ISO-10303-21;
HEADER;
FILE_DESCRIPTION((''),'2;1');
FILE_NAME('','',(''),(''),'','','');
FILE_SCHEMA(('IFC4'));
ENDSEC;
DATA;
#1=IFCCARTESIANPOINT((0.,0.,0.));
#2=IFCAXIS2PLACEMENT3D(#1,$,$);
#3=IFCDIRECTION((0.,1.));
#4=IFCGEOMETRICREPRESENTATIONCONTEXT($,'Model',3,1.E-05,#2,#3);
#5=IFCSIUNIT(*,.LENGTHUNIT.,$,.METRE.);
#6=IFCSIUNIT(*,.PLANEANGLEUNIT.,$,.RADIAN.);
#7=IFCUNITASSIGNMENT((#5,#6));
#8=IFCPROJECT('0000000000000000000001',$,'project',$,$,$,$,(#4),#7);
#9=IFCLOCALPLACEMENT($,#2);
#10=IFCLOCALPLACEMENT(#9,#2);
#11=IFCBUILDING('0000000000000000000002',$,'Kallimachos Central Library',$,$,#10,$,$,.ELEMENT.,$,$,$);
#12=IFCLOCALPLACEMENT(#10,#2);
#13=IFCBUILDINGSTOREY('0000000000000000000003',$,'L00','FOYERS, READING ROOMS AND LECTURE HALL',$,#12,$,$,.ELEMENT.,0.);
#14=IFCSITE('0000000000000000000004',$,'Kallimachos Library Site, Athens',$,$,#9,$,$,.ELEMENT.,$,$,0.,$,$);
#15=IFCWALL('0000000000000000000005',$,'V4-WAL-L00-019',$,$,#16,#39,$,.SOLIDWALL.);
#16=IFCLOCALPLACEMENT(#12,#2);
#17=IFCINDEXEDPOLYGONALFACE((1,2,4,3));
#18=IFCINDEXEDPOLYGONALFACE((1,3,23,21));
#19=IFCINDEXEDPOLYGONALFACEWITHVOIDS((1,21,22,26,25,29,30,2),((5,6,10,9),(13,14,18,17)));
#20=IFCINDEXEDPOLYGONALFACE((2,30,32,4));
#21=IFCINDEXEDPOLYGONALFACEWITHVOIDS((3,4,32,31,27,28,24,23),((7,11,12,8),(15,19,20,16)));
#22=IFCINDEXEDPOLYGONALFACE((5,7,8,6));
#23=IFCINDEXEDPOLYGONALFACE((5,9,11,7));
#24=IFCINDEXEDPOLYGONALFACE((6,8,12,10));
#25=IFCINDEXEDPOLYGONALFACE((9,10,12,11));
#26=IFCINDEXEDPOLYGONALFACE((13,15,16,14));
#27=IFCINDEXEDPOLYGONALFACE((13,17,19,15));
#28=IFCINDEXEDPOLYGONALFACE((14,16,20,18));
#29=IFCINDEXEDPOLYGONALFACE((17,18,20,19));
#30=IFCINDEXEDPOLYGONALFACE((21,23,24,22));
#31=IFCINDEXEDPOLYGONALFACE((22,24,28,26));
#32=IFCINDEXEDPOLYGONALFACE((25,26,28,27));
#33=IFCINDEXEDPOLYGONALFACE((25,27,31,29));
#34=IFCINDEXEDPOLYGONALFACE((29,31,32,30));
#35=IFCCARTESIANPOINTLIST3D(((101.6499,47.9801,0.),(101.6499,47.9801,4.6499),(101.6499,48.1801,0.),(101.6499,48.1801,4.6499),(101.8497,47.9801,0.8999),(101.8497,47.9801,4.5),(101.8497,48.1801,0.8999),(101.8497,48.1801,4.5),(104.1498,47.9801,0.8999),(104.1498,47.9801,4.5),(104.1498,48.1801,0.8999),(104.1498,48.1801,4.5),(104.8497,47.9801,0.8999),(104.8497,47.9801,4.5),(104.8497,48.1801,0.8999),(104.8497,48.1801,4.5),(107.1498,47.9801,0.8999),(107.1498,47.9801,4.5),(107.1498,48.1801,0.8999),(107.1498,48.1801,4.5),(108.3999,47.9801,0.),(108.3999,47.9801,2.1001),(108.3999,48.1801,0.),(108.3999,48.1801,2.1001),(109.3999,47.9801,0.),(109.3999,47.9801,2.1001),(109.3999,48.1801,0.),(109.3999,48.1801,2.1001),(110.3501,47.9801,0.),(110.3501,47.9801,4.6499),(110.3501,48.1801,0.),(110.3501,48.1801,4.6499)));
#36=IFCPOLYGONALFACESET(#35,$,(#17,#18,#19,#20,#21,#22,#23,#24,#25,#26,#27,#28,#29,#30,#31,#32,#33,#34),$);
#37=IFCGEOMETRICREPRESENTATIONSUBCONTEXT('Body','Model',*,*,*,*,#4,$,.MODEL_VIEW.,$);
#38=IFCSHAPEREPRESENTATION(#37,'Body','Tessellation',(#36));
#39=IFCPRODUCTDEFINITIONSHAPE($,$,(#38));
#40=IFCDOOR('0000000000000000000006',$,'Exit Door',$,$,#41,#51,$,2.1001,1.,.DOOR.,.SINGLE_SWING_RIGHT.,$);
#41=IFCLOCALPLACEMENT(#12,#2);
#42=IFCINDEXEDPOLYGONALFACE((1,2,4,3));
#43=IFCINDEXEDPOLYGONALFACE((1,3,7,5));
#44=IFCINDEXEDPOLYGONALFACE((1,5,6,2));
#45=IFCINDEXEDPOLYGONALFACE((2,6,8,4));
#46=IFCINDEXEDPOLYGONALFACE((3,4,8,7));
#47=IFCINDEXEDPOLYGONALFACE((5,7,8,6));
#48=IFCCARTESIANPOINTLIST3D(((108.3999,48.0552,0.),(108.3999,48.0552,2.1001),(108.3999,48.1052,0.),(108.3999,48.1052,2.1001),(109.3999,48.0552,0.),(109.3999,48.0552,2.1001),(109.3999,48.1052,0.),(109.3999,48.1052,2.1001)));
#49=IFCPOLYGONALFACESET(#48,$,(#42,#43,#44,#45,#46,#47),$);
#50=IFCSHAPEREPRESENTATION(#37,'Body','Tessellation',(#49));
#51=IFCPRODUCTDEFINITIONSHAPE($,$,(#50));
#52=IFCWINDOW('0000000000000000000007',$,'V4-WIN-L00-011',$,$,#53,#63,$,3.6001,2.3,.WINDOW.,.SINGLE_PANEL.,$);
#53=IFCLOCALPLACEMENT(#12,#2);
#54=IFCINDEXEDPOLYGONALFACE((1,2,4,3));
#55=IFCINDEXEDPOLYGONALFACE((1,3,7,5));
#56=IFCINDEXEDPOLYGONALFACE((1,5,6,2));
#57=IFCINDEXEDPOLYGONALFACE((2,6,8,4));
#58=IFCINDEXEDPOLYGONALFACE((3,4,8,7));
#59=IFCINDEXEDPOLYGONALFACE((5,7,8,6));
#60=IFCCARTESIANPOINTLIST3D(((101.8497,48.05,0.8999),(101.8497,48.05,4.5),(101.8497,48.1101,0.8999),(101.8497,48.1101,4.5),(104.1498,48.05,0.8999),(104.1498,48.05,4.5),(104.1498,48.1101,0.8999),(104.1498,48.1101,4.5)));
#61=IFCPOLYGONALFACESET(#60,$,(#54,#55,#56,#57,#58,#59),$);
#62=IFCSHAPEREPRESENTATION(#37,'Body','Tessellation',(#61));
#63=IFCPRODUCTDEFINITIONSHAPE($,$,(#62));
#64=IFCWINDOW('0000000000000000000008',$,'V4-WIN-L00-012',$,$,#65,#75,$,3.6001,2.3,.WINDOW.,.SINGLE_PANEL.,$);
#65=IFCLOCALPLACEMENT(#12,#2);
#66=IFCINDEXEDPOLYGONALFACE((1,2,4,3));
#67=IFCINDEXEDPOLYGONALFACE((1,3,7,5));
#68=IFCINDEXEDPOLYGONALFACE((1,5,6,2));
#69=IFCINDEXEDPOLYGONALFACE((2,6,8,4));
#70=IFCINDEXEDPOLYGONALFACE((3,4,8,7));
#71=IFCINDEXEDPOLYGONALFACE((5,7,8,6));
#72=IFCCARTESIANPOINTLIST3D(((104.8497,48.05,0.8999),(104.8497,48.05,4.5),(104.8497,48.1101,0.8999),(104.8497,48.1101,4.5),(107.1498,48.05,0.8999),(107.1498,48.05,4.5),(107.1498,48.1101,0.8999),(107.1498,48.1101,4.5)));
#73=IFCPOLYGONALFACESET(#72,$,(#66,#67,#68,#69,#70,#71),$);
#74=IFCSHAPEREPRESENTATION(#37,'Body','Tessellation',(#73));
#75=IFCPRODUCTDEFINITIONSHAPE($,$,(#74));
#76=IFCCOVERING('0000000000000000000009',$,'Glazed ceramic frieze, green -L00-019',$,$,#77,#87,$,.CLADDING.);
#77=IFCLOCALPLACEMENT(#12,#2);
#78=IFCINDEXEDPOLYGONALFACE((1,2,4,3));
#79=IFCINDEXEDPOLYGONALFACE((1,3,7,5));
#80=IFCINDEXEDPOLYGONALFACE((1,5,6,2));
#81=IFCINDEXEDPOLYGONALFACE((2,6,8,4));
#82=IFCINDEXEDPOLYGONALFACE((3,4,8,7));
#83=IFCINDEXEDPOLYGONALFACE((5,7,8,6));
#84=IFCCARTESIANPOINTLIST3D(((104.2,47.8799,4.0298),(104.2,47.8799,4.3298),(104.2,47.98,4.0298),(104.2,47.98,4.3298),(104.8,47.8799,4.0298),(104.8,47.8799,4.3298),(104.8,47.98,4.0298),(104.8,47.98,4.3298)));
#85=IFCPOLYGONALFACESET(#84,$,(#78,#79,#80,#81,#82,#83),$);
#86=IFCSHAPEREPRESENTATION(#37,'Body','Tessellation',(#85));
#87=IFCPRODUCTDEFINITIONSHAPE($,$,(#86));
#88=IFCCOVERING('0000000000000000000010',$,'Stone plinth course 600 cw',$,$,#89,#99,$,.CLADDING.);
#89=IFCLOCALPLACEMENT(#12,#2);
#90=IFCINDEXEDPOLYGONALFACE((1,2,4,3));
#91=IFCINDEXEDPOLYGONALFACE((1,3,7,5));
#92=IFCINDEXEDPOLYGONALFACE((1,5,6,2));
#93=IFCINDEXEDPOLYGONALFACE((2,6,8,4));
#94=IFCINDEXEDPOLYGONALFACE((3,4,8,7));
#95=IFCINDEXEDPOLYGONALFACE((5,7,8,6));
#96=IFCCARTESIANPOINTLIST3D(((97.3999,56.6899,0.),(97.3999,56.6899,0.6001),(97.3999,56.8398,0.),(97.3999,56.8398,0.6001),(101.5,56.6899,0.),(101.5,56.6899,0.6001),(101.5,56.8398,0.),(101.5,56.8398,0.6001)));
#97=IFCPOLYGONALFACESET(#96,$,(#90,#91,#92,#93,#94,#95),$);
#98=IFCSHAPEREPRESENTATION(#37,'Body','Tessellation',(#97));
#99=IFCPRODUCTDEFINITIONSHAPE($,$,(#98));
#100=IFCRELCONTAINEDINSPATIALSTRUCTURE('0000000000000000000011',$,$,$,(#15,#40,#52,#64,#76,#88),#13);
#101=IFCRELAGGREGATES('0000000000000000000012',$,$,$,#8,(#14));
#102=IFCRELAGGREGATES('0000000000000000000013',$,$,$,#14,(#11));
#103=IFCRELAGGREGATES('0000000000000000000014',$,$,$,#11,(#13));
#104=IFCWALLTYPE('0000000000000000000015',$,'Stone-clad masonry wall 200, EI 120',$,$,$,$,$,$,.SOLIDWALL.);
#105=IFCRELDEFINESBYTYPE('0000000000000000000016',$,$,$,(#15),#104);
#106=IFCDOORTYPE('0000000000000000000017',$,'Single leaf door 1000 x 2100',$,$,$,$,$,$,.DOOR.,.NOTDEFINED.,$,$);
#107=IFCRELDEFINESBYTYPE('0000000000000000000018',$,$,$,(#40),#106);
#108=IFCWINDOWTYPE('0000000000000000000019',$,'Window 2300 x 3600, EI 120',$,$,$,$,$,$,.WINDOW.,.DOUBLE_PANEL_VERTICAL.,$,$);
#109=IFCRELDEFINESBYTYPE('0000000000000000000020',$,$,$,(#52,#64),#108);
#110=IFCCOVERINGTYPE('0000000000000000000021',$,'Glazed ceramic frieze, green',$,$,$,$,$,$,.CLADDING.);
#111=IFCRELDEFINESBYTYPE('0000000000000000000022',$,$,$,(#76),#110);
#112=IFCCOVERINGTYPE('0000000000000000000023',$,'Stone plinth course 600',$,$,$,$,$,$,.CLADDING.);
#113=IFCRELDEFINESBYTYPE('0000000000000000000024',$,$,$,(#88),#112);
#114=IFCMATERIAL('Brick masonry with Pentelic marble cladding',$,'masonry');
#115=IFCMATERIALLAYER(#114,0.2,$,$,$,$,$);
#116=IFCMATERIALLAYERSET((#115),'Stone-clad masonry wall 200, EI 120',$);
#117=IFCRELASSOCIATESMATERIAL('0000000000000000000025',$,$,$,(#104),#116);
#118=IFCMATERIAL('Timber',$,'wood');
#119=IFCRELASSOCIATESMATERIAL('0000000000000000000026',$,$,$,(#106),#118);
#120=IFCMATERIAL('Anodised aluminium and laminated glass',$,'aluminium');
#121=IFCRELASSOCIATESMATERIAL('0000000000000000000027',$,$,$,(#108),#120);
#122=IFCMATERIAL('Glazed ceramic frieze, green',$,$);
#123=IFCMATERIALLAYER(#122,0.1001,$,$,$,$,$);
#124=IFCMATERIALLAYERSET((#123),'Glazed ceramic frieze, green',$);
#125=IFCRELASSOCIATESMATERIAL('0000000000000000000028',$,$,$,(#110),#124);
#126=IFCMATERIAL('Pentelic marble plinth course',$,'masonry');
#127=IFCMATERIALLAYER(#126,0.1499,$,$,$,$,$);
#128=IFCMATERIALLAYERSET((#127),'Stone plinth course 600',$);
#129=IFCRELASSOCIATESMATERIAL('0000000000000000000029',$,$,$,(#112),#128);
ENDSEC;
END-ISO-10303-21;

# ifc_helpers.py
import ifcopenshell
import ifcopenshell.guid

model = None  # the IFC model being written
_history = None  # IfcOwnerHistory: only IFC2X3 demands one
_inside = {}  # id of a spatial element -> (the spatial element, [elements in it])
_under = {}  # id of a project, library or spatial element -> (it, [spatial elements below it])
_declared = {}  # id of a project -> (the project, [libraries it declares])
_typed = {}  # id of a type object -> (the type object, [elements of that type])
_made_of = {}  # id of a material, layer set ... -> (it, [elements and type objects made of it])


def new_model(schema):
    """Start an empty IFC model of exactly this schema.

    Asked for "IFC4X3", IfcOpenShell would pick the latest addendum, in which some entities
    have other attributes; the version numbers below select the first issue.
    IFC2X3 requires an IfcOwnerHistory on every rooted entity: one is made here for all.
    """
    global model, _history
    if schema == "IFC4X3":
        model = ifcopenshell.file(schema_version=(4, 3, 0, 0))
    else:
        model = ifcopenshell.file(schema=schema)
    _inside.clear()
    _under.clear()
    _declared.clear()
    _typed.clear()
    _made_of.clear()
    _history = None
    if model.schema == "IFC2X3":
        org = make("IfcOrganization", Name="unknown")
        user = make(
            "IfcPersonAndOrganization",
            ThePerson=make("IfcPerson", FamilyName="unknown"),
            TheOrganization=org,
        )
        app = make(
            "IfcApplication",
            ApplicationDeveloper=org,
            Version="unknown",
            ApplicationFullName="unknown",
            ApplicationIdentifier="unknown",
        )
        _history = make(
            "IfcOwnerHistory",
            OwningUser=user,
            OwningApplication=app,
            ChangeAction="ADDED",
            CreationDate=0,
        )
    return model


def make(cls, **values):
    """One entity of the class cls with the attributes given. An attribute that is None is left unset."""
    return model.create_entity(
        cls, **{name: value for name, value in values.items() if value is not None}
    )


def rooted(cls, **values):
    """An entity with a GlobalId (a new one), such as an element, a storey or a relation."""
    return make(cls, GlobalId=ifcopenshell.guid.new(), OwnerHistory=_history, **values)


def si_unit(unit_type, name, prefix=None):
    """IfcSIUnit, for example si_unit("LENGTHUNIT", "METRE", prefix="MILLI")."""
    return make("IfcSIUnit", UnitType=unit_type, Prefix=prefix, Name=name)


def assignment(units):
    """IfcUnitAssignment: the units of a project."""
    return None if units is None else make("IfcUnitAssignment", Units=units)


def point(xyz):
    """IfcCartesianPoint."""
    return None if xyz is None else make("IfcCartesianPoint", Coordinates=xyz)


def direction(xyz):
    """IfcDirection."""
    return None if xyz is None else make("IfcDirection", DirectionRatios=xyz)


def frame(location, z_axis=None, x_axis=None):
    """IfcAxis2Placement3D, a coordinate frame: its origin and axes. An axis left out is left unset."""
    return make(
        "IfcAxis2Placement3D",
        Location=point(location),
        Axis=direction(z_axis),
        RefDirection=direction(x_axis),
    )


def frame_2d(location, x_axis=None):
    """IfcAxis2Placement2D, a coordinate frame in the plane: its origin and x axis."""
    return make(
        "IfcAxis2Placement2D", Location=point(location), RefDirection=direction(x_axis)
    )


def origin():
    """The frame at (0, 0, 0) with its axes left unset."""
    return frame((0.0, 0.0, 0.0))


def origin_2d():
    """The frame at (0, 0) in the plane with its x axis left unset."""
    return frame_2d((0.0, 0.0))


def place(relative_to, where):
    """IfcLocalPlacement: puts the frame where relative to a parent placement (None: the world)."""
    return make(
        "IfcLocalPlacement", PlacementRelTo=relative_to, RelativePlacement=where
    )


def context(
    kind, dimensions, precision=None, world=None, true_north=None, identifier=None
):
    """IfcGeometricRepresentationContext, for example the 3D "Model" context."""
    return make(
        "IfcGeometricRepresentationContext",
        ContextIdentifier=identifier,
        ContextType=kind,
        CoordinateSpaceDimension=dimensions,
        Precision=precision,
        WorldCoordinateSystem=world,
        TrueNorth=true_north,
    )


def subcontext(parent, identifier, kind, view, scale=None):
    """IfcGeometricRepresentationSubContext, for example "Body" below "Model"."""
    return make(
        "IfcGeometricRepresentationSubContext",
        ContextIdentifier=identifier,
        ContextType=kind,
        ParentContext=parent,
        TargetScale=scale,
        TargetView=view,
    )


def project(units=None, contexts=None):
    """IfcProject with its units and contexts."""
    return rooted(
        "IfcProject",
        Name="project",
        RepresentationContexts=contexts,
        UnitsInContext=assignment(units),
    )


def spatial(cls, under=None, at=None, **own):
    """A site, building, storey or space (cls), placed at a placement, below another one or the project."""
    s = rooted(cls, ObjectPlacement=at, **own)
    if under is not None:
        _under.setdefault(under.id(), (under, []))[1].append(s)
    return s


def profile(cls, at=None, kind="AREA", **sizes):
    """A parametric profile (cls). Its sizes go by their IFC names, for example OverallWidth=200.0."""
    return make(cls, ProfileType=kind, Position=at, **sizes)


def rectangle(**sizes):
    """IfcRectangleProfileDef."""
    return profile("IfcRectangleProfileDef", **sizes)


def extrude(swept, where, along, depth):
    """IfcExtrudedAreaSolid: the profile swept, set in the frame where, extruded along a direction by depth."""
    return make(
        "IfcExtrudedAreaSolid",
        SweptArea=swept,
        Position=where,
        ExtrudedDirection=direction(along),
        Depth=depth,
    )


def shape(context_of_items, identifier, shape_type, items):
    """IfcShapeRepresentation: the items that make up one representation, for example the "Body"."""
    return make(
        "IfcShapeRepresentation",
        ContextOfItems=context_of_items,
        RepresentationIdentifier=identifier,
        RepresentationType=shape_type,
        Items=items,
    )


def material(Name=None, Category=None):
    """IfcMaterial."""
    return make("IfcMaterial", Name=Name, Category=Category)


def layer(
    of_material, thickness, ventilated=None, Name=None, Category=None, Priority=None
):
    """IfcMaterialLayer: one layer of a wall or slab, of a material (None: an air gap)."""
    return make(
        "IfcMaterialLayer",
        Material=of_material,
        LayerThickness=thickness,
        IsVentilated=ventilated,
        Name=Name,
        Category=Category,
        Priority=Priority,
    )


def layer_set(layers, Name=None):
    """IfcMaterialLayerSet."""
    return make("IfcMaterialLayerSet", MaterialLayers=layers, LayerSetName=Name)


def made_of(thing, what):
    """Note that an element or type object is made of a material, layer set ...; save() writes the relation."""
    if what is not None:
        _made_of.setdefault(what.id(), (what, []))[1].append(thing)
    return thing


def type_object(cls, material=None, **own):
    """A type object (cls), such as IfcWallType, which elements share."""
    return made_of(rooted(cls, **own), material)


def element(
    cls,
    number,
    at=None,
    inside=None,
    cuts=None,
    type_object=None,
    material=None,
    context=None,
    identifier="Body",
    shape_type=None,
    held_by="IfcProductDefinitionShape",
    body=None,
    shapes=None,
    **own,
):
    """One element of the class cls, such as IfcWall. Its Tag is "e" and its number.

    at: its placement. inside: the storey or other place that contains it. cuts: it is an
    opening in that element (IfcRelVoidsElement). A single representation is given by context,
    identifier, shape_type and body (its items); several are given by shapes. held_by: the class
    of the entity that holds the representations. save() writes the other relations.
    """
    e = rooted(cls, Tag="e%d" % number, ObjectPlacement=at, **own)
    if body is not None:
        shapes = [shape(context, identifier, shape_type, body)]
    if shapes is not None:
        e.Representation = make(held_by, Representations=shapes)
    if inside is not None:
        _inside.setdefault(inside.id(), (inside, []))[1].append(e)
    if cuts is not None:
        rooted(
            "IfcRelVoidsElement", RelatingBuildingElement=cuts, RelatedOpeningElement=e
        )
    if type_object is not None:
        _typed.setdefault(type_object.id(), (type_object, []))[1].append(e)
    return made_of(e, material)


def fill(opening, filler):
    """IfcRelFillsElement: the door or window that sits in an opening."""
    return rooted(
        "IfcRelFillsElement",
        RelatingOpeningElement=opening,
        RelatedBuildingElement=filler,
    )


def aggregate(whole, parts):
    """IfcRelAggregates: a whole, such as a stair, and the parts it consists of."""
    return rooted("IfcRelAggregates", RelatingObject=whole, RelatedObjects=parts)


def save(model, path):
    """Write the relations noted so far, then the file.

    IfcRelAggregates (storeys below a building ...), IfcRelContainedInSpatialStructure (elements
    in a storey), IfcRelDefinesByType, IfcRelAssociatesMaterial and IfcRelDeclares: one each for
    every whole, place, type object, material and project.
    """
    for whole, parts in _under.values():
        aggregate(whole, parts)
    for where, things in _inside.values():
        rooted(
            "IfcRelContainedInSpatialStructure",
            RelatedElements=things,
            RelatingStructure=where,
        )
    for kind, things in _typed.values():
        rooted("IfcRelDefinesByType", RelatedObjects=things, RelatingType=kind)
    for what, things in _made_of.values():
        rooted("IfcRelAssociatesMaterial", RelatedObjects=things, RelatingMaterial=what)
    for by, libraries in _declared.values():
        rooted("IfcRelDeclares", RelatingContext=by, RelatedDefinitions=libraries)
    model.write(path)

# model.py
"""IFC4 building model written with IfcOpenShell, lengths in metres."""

from ifc_helpers import new_model, si_unit, direction, frame, frame_2d, origin, origin_2d, place, context, subcontext, project, spatial, rectangle, extrude, material, layer, layer_set, type_object, element, fill, save


model = new_model("IFC4")

# Units and contexts
model_context = context("Model", 3, precision=1e-05, world=origin(), true_north=direction((0.0, 1.0)))
body_context = subcontext(model_context, "Body", "Model", "MODEL_VIEW")
ifc_project = project(units=[si_unit("LENGTHUNIT", "METRE"), si_unit("PLANEANGLEUNIT", "RADIAN")], contexts=[model_context])

# Site, building, storey
site_placement = place(None, origin())
site = spatial("IfcSite", under=ifc_project, at=site_placement, Name="Kallimachos Library Site, Athens", CompositionType="ELEMENT", RefElevation=0.0)
building_placement = place(site_placement, origin())
building = spatial("IfcBuilding", under=site, at=building_placement, Name="Kallimachos Central Library", CompositionType="ELEMENT")
storey_placement = place(building_placement, origin())
storey = spatial("IfcBuildingStorey", under=building, at=storey_placement, Name="L00", Description="FOYERS, READING ROOMS AND LECTURE HALL", CompositionType="ELEMENT", Elevation=0.0)

# Wall, openings, door, windows
ifc_material_1 = material(Name="Brick masonry with Pentelic marble cladding", Category="masonry")
ifc_layer_1 = layer(ifc_material_1, 0.2)
ifc_layer_set_1 = layer_set([ifc_layer_1], Name="Stone-clad masonry wall 200, EI 120")
wall_type_1 = type_object("IfcWallType", Name="Stone-clad masonry wall 200, EI 120", PredefinedType="SOLIDWALL", material=ifc_layer_set_1)
wall_1_placement = place(storey_placement, frame((101.6499, 48.0801, 0.0), z_axis=(0.0, 0.0, 1.0), x_axis=(1.0, 0.0, 0.0)))
wall_1 = element("IfcWall", 1, at=wall_1_placement, inside=storey, type_object=wall_type_1, Name="V4-WAL-L00-019", PredefinedType="SOLIDWALL", context=body_context, shape_type="SweptSolid", body=[
    extrude(rectangle(XDim=8.7002, YDim=0.2, at=frame_2d((4.3501, 0.0))), origin(), (0.0, 0.0, 1.0), 4.6499),
])
opening_1_placement = place(wall_1_placement, frame((6.75, 0.0, 0.0)))
opening_1 = element("IfcOpeningElement", 2, at=opening_1_placement, cuts=wall_1, PredefinedType="OPENING", context=body_context, shape_type="SweptSolid", body=[
    extrude(rectangle(XDim=1.0, YDim=2.1001, at=frame_2d((0.5, 1.05))), frame((0.0, 0.1099, 0.0), z_axis=(0.0, -1.0, 0.0), x_axis=(1.0, 0.0, 0.0)), (0.0, 0.0, 1.0), 0.22),
])
opening_2_placement = place(wall_1_placement, frame((0.2, 0.0, 0.8999)))
opening_2 = element("IfcOpeningElement", 3, at=opening_2_placement, cuts=wall_1, PredefinedType="OPENING", context=body_context, shape_type="SweptSolid", body=[
    extrude(rectangle(XDim=2.3, YDim=3.6001, at=frame_2d((1.1499, 1.8))), frame((0.0, 0.1099, 0.0), z_axis=(0.0, -1.0, 0.0), x_axis=(1.0, 0.0, 0.0)), (0.0, 0.0, 1.0), 0.22),
])
opening_3_placement = place(wall_1_placement, frame((3.2, 0.0, 0.8999)))
opening_3 = element("IfcOpeningElement", 4, at=opening_3_placement, cuts=wall_1, PredefinedType="OPENING", context=body_context, shape_type="SweptSolid", body=[
    extrude(rectangle(XDim=2.3, YDim=3.6001, at=frame_2d((1.1499, 1.8))), frame((0.0, 0.1099, 0.0), z_axis=(0.0, -1.0, 0.0), x_axis=(1.0, 0.0, 0.0)), (0.0, 0.0, 1.0), 0.22),
])
ifc_material_2 = material(Name="Timber", Category="wood")
door_type_1 = type_object("IfcDoorType", Name="Single leaf door 1000 x 2100", OperationType="NOTDEFINED", PredefinedType="DOOR", material=ifc_material_2)
door_1_placement = place(opening_1_placement, frame((1.0, 0.0, 0.0), z_axis=(0.0, 0.0, 1.0), x_axis=(-1.0, 0.0, 0.0)))
door_1 = element("IfcDoor", 5, at=door_1_placement, inside=storey, type_object=door_type_1, Name="Exit Door", OperationType="SINGLE_SWING_RIGHT", OverallHeight=2.1001, OverallWidth=1.0, PredefinedType="DOOR", context=body_context, shape_type="SweptSolid", body=[
    extrude(rectangle(XDim=1.0, YDim=2.1001, at=frame_2d((0.5, 1.05))), frame((0.0, 0.0249, 0.0), z_axis=(0.0, -1.0, 0.0), x_axis=(1.0, 0.0, 0.0)), (0.0, 0.0, 1.0), 0.05),
])
fill(opening_1, door_1)
ifc_material_3 = material(Name="Anodised aluminium and laminated glass", Category="aluminium")
window_type = type_object("IfcWindowType", Name="Window 2300 x 3600, EI 120", PartitioningType="DOUBLE_PANEL_VERTICAL", PredefinedType="WINDOW", material=ifc_material_3)
window_1_placement = place(opening_2_placement, origin())
window_1 = element("IfcWindow", 6, at=window_1_placement, inside=storey, type_object=window_type, Name="V4-WIN-L00-011", OverallHeight=3.6001, OverallWidth=2.3, PartitioningType="SINGLE_PANEL", PredefinedType="WINDOW", context=body_context, shape_type="SweptSolid", body=[
    extrude(rectangle(XDim=2.3, YDim=3.6001, at=frame_2d((1.1499, 1.8))), frame((0.0, 0.03, 0.0), z_axis=(0.0, -1.0, 0.0), x_axis=(1.0, 0.0, 0.0)), (0.0, 0.0, 1.0), 0.0601),
])
fill(opening_2, window_1)
window_2_placement = place(opening_3_placement, origin())
window_2 = element("IfcWindow", 7, at=window_2_placement, inside=storey, type_object=window_type, Name="V4-WIN-L00-012", OverallHeight=3.6001, OverallWidth=2.3, PartitioningType="SINGLE_PANEL", PredefinedType="WINDOW", context=body_context, shape_type="SweptSolid", body=[
    extrude(rectangle(XDim=2.3, YDim=3.6001, at=frame_2d((1.1499, 1.8))), frame((0.0, 0.03, 0.0), z_axis=(0.0, -1.0, 0.0), x_axis=(1.0, 0.0, 0.0)), (0.0, 0.0, 1.0), 0.0601),
])
fill(opening_3, window_2)

# Coverings
ifc_material_4 = material(Name="Glazed ceramic frieze, green")
ifc_layer_2 = layer(ifc_material_4, 0.1001)
ifc_layer_set_2 = layer_set([ifc_layer_2], Name="Glazed ceramic frieze, green")
covering_type_1 = type_object("IfcCoveringType", Name="Glazed ceramic frieze, green", PredefinedType="CLADDING", material=ifc_layer_set_2)
covering_1_placement = place(storey_placement, frame((104.5, 47.9299, 4.0298), z_axis=(0.0, 0.0, 1.0), x_axis=(1.0, 0.0, 0.0)))
element("IfcCovering", 8, at=covering_1_placement, inside=storey, type_object=covering_type_1, Name="Glazed ceramic frieze, green -L00-019", PredefinedType="CLADDING", context=body_context, shape_type="SweptSolid", body=[
    extrude(rectangle(XDim=0.6001, YDim=0.1001, at=origin_2d()), origin(), (0.0, 0.0, 1.0), 0.3),
])
ifc_material_5 = material(Name="Pentelic marble plinth course", Category="masonry")
ifc_layer_3 = layer(ifc_material_5, 0.1499)
ifc_layer_set_3 = layer_set([ifc_layer_3], Name="Stone plinth course 600")
covering_type_2 = type_object("IfcCoveringType", Name="Stone plinth course 600", PredefinedType="CLADDING", material=ifc_layer_set_3)
covering_2_placement = place(storey_placement, frame((99.45, 56.7649, 0.0), z_axis=(0.0, 0.0, 1.0), x_axis=(1.0, 0.0, 0.0)))
element("IfcCovering", 9, at=covering_2_placement, inside=storey, type_object=covering_type_2, Name="Stone plinth course 600 cw", PredefinedType="CLADDING", context=body_context, shape_type="SweptSolid", body=[
    extrude(rectangle(XDim=4.1001, YDim=0.1499, at=origin_2d()), origin(), (0.0, 0.0, 1.0), 0.6001),
])

save(model, "model.ifc")
